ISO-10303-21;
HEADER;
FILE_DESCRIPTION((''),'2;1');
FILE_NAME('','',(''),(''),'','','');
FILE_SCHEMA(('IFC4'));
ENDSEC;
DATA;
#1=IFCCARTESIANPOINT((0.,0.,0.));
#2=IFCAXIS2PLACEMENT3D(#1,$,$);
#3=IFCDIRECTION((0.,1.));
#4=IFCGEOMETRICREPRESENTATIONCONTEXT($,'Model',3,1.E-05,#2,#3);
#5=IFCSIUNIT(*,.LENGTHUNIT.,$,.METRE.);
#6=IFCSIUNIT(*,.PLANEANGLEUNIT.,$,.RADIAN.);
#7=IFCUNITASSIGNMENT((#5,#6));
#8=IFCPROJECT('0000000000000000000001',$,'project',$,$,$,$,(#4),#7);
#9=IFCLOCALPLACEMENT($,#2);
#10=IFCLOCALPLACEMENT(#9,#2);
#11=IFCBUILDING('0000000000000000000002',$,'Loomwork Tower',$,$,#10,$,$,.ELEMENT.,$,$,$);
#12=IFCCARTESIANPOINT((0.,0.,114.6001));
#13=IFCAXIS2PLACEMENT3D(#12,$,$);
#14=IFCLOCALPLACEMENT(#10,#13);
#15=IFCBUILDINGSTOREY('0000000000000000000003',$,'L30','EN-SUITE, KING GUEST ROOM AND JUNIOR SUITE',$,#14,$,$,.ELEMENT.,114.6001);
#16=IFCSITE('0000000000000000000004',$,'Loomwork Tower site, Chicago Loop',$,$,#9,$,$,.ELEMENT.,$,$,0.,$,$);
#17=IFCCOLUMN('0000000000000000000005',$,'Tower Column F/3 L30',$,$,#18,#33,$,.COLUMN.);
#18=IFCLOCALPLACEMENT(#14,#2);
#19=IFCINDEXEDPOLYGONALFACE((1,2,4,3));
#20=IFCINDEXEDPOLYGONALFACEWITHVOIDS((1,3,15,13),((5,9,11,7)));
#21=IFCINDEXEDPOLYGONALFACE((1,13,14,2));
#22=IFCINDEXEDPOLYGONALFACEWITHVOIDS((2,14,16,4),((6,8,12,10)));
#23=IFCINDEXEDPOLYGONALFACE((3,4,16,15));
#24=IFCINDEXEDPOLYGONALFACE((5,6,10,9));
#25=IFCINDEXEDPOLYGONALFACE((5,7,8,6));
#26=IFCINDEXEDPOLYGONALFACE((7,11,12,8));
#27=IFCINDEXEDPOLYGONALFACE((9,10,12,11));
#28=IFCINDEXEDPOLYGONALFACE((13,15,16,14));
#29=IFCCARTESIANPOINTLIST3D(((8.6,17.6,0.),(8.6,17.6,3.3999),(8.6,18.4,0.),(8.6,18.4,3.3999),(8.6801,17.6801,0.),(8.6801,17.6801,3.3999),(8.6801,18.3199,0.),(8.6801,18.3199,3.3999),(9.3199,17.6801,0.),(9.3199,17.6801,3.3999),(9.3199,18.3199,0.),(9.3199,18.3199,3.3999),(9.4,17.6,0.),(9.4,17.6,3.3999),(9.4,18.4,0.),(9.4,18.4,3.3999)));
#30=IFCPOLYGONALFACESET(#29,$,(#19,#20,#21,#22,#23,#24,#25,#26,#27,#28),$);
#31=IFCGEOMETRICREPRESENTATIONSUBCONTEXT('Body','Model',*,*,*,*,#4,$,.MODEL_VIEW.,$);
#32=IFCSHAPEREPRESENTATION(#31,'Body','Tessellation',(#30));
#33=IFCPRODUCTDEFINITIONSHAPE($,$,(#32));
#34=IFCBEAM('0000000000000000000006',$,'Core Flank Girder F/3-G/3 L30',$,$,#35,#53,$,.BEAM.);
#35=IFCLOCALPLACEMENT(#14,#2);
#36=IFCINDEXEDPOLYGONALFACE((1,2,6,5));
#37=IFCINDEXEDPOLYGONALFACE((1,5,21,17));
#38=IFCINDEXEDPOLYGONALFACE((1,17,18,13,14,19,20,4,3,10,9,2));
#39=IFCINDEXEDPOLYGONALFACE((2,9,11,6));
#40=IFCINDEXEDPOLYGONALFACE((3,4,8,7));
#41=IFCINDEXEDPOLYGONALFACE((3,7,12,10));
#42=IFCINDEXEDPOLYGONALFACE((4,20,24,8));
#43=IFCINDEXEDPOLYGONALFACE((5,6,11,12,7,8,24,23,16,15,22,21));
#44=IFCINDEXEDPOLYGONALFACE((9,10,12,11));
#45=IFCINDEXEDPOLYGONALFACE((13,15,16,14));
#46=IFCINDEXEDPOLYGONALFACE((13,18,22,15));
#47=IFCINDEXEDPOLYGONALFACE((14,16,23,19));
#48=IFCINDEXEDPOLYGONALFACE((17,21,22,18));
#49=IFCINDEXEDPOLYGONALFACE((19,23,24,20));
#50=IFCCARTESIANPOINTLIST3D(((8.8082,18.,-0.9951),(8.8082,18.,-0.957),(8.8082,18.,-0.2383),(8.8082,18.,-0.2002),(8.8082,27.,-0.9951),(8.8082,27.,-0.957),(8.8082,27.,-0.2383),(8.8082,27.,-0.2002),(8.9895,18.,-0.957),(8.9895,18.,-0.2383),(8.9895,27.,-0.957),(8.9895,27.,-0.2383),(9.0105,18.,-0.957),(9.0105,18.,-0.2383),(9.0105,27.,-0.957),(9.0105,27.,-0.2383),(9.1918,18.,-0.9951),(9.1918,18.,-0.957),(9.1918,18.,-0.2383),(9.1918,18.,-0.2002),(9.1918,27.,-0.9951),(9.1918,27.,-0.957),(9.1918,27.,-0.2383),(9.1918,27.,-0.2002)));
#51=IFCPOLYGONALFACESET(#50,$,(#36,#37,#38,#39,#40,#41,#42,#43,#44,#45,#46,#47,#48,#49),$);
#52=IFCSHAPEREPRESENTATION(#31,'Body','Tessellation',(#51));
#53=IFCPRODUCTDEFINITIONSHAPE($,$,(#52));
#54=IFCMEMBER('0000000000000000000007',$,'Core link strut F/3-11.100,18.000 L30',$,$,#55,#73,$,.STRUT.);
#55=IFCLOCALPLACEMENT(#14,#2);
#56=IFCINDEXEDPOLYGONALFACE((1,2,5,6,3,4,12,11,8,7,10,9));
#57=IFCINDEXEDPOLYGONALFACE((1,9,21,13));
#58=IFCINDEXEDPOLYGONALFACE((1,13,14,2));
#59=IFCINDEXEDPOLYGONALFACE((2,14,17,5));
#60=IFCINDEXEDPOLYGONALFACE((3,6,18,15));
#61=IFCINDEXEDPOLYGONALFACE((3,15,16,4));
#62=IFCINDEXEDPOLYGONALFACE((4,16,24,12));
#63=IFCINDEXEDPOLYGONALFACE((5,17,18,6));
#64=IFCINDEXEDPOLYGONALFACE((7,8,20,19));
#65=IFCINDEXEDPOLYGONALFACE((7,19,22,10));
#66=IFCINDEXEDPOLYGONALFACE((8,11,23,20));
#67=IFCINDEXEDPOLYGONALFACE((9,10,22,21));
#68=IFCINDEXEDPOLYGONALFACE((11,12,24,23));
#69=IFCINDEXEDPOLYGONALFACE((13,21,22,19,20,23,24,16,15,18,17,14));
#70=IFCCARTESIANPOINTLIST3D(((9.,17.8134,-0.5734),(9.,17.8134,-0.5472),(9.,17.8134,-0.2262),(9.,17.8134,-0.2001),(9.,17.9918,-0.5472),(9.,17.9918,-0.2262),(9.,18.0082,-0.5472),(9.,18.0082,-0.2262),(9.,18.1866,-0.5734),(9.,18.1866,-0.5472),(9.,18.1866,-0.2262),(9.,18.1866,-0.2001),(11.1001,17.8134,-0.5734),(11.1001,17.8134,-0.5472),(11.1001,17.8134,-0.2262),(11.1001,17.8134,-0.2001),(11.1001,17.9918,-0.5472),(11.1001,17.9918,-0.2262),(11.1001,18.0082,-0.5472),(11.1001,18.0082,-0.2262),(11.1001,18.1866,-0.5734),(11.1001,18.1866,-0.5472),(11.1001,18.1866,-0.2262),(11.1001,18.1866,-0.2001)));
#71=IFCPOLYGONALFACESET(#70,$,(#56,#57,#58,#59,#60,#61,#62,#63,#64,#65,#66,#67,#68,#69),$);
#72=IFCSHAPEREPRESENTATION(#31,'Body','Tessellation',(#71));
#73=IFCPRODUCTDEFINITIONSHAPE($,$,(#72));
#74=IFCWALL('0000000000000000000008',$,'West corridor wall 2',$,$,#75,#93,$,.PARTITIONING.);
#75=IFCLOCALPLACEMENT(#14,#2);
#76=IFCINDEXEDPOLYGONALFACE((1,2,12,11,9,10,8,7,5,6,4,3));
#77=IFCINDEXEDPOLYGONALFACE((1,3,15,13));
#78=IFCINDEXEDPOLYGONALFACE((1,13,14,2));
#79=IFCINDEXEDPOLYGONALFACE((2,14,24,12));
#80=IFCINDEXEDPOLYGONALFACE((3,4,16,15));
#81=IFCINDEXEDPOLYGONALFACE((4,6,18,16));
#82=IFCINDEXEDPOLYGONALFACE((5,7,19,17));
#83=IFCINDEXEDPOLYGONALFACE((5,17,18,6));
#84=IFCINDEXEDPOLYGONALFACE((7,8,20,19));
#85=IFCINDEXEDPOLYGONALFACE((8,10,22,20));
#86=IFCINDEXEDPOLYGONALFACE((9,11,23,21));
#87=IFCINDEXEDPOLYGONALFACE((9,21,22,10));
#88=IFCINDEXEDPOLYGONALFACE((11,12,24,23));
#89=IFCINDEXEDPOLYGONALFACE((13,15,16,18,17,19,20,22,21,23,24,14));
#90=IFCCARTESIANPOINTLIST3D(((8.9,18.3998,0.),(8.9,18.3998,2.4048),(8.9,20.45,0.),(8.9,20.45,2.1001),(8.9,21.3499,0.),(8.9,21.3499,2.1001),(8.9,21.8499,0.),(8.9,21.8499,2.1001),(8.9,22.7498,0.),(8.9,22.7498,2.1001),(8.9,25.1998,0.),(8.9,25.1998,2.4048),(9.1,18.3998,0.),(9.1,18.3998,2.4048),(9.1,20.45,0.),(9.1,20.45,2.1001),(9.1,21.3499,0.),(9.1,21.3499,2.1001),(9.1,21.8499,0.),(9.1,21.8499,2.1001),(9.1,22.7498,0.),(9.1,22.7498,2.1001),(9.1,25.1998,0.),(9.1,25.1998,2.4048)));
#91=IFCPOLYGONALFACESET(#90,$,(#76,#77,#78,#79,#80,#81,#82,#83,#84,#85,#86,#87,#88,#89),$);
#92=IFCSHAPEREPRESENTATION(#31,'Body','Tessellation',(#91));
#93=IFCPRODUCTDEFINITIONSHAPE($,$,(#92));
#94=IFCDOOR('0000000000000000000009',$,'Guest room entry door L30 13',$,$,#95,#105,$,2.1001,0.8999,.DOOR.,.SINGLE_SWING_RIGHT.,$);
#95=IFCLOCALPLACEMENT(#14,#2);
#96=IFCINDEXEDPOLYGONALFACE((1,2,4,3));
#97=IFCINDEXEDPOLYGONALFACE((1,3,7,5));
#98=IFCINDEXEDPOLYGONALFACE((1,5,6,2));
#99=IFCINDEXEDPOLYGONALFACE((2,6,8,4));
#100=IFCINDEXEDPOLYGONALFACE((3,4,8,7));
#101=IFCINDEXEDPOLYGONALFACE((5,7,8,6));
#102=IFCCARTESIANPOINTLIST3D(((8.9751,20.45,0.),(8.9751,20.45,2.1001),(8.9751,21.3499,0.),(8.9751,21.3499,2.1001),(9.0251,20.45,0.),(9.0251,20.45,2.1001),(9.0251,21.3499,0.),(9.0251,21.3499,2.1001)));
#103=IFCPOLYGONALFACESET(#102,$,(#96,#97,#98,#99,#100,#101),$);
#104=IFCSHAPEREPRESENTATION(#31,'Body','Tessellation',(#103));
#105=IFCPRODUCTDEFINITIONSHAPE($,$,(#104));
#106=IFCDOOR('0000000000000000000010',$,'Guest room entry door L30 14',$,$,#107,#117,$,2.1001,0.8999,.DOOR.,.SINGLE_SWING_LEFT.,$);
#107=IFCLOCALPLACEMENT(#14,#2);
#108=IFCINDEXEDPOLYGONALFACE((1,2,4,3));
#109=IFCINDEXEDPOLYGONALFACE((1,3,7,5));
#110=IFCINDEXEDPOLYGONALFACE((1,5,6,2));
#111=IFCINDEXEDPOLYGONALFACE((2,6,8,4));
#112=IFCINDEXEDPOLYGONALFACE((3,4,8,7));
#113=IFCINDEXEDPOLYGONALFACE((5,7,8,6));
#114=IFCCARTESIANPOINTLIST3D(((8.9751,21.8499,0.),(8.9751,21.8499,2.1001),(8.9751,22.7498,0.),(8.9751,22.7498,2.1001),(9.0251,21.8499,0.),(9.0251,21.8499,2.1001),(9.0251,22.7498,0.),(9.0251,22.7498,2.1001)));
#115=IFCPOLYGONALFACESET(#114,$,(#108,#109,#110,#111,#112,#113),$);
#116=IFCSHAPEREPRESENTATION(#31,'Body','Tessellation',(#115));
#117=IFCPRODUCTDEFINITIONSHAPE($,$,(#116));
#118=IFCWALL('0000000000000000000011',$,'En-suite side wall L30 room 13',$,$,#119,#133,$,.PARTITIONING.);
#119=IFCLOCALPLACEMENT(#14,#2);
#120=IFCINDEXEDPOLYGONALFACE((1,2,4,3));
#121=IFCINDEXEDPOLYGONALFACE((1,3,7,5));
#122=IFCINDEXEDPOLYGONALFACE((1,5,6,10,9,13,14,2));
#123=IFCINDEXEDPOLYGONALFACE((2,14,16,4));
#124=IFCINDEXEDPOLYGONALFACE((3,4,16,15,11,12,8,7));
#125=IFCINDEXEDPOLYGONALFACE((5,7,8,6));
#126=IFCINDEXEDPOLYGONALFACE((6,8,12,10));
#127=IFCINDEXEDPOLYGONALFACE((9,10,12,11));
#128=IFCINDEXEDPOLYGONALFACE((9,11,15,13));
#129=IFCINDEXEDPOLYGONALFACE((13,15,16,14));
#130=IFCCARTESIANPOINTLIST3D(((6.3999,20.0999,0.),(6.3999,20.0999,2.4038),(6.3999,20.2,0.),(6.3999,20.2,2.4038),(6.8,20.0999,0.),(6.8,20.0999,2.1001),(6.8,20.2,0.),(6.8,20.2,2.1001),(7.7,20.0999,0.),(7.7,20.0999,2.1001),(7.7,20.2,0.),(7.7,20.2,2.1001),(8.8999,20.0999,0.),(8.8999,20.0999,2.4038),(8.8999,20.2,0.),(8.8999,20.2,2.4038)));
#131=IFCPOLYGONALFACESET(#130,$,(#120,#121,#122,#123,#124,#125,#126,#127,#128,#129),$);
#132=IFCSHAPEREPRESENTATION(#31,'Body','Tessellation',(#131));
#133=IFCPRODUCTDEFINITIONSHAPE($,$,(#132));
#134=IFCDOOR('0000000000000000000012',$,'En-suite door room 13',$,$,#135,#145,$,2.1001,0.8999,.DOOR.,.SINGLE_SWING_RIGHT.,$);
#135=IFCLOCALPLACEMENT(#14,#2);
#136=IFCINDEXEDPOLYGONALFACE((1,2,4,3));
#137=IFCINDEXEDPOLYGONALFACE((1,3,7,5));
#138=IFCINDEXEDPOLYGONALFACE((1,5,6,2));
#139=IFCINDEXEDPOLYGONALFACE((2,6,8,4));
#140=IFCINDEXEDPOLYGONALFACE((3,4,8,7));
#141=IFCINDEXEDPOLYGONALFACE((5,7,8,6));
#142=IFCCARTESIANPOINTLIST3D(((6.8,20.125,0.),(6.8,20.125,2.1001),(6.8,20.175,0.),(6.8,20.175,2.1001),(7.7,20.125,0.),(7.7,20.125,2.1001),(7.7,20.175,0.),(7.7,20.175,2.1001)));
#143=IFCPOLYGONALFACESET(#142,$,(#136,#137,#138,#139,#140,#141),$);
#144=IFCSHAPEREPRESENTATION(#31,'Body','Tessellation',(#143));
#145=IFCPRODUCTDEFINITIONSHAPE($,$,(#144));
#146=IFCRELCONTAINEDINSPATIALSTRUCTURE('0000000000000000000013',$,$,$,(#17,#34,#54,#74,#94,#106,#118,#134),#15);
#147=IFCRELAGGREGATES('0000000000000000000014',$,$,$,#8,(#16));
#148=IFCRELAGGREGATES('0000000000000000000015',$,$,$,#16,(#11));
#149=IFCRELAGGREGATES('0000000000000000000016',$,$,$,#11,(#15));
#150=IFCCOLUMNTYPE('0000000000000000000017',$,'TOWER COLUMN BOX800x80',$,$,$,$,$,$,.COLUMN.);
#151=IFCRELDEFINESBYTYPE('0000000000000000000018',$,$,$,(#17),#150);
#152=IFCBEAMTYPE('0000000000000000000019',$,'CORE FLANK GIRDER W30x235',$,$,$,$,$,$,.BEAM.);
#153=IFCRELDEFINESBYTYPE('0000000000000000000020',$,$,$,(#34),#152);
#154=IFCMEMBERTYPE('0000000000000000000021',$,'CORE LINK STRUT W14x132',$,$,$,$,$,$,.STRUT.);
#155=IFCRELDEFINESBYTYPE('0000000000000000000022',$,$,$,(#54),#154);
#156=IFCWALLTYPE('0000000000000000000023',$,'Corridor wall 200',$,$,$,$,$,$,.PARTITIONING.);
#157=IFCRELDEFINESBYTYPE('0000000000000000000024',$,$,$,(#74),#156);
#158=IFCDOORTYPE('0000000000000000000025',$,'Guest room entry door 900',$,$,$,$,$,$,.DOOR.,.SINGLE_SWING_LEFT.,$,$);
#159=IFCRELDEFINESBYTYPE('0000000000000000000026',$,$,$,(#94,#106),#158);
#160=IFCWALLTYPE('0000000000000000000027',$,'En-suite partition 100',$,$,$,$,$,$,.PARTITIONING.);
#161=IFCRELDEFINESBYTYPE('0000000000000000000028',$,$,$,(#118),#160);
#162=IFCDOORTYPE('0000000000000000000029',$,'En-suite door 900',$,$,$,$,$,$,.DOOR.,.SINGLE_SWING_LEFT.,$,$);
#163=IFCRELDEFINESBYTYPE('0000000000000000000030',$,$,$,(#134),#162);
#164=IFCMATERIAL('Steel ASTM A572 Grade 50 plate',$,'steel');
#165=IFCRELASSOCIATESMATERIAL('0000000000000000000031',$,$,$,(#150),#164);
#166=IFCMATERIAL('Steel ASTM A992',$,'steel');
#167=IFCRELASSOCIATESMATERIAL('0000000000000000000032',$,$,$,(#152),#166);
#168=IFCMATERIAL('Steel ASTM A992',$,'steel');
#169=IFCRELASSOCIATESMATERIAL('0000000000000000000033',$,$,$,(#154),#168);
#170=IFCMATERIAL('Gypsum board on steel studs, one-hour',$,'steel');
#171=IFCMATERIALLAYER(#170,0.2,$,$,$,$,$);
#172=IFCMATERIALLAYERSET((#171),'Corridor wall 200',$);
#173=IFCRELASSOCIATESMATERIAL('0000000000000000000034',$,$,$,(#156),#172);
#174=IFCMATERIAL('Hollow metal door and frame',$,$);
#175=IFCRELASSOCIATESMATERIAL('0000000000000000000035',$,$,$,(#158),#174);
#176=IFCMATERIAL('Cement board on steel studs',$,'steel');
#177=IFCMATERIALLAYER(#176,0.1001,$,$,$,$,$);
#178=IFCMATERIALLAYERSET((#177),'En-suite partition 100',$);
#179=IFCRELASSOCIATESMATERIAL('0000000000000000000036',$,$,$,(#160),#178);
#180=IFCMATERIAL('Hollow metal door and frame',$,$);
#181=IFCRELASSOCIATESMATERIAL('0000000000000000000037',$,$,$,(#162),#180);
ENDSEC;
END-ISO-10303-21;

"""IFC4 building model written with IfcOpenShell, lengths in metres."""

from ifc_helpers import new_model, si_unit, direction, frame, frame_2d, origin, origin_2d, place, context, subcontext, project, spatial, rectangle, hollow_rectangle, i_section, extrude, material, layer, layer_set, material_profile, profile_set, type_object, element, fill, save


model = new_model("IFC4")

# Units and contexts
model_context = context("Model", 3, precision=1e-05, world=origin(), true_north=direction((0.0, 1.0)))
body_context = subcontext(model_context, "Body", "Model", "MODEL_VIEW")
ifc_project = project(units=[si_unit("LENGTHUNIT", "METRE"), si_unit("PLANEANGLEUNIT", "RADIAN")], contexts=[model_context])

# Site, building, storey
site_placement = place(None, origin())
site = spatial("IfcSite", under=ifc_project, at=site_placement, Name="Loomwork Tower site, Chicago Loop", CompositionType="ELEMENT", RefElevation=0.0)
building_placement = place(site_placement, origin())
building = spatial("IfcBuilding", under=site, at=building_placement, Name="Loomwork Tower", CompositionType="ELEMENT")
storey_placement = place(building_placement, frame((0.0, 0.0, 114.6001)))
storey = spatial("IfcBuildingStorey", under=building, at=storey_placement, Name="L30", Description="EN-SUITE, KING GUEST ROOM AND JUNIOR SUITE", CompositionType="ELEMENT", Elevation=114.6001)

# Column
ifc_material_1 = material(Name="Steel ASTM A572 Grade 50 plate", Category="steel")
ifc_material_profile_1 = material_profile(ifc_material_1, hollow_rectangle(XDim=0.8, YDim=0.8, WallThickness=0.0801, at=origin_2d()), Name="BOX800x80")
ifc_profile_set_1 = profile_set([ifc_material_profile_1], Name="Steel ASTM A572 Grade 50 plate")
column_type = type_object("IfcColumnType", Name="TOWER COLUMN BOX800x80", PredefinedType="COLUMN", material=ifc_profile_set_1)
column_placement = place(storey_placement, frame((9.0, 18.0, 0.0), z_axis=(0.0, 0.0, 1.0), x_axis=(1.0, 0.0, 0.0)))
element("IfcColumn", 1, at=column_placement, inside=storey, type_object=column_type, Name="Tower Column F/3 L30", PredefinedType="COLUMN", context=body_context, shape_type="SweptSolid", body=[
    extrude(hollow_rectangle(XDim=0.8, YDim=0.8, WallThickness=0.0801, at=origin_2d()), origin(), (0.0, 0.0, 1.0), 3.3999),
])

# Beam
ifc_material_2 = material(Name="Steel ASTM A992", Category="steel")
ifc_material_profile_2 = material_profile(ifc_material_2, i_section(OverallWidth=0.3835, OverallDepth=0.7949, WebThickness=0.021, FlangeThickness=0.0381, at=origin_2d()), Name="W30x235")
ifc_profile_set_2 = profile_set([ifc_material_profile_2], Name="Steel ASTM A992")
beam_type = type_object("IfcBeamType", Name="CORE FLANK GIRDER W30x235", PredefinedType="BEAM", material=ifc_profile_set_2)
beam_placement = place(storey_placement, frame((9.0, 18.0, -0.5977), z_axis=(0.0, 1.0, 0.0), x_axis=(-1.0, 0.0, 0.0)))
element("IfcBeam", 2, at=beam_placement, inside=storey, type_object=beam_type, Name="Core Flank Girder F/3-G/3 L30", PredefinedType="BEAM", context=body_context, shape_type="SweptSolid", body=[
    extrude(i_section(OverallWidth=0.3835, OverallDepth=0.7949, WebThickness=0.021, FlangeThickness=0.0381, at=origin_2d()), origin(), (0.0, 0.0, 1.0), 9.0),
])

# Member
ifc_material_3 = material(Name="Steel ASTM A992", Category="steel")
ifc_material_profile_3 = material_profile(ifc_material_3, i_section(OverallWidth=0.3733, OverallDepth=0.3733, WebThickness=0.0164, FlangeThickness=0.0261, at=origin_2d()), Name="W14x132")
ifc_profile_set_3 = profile_set([ifc_material_profile_3], Name="Steel ASTM A992")
member_type = type_object("IfcMemberType", Name="CORE LINK STRUT W14x132", PredefinedType="STRUT", material=ifc_profile_set_3)
member_placement = place(storey_placement, frame((9.0, 18.0, -0.3867), z_axis=(1.0, 0.0, 0.0), x_axis=(0.0, 1.0, 0.0)))
element("IfcMember", 3, at=member_placement, inside=storey, type_object=member_type, Name="Core link strut F/3-11.100,18.000 L30", PredefinedType="STRUT", context=body_context, shape_type="SweptSolid", body=[
    extrude(i_section(OverallWidth=0.3733, OverallDepth=0.3733, WebThickness=0.0164, FlangeThickness=0.0261, at=origin_2d()), origin(), (0.0, 0.0, 1.0), 2.1001),
])

# Wall, openings, doors
ifc_material_4 = material(Name="Gypsum board on steel studs, one-hour", Category="steel")
ifc_layer_1 = layer(ifc_material_4, 0.2)
ifc_layer_set_1 = layer_set([ifc_layer_1], Name="Corridor wall 200")
wall_type_1 = type_object("IfcWallType", Name="Corridor wall 200", PredefinedType="PARTITIONING", material=ifc_layer_set_1)
wall_1_placement = place(storey_placement, frame((9.0, 18.3999, 0.0), z_axis=(0.0, 0.0, 1.0), x_axis=(0.0, 1.0, 0.0)))
wall_1 = element("IfcWall", 4, at=wall_1_placement, inside=storey, type_object=wall_type_1, Name="West corridor wall 2", PredefinedType="PARTITIONING", context=body_context, shape_type="SweptSolid", body=[
    extrude(rectangle(XDim=6.8, YDim=0.2, at=frame_2d((3.3999, 0.0))), origin(), (0.0, 0.0, 1.0), 2.4048),
])
opening_1_placement = place(wall_1_placement, frame((2.05, 0.0, 0.0)))
opening_1 = element("IfcOpeningElement", 5, at=opening_1_placement, cuts=wall_1, PredefinedType="OPENING", context=body_context, shape_type="SweptSolid", body=[
    extrude(rectangle(XDim=0.8999, YDim=2.1001, at=frame_2d((0.45, 1.05))), frame((0.0, 0.1099, 0.0), z_axis=(0.0, -1.0, 0.0), x_axis=(1.0, 0.0, 0.0)), (0.0, 0.0, 1.0), 0.22),
])
opening_2_placement = place(wall_1_placement, frame((3.45, 0.0, 0.0)))
opening_2 = element("IfcOpeningElement", 6, at=opening_2_placement, cuts=wall_1, PredefinedType="OPENING", context=body_context, shape_type="SweptSolid", body=[
    extrude(rectangle(XDim=0.8999, YDim=2.1001, at=frame_2d((0.45, 1.05))), frame((0.0, 0.1099, 0.0), z_axis=(0.0, -1.0, 0.0), x_axis=(1.0, 0.0, 0.0)), (0.0, 0.0, 1.0), 0.22),
])
ifc_material_5 = material(Name="Hollow metal door and frame")
door_type_1 = type_object("IfcDoorType", Name="Guest room entry door 900", OperationType="SINGLE_SWING_LEFT", PredefinedType="DOOR", material=ifc_material_5)
door_1_placement = place(opening_1_placement, origin())
door_1 = element("IfcDoor", 7, at=door_1_placement, inside=storey, type_object=door_type_1, Name="Guest room entry door L30 13", OperationType="SINGLE_SWING_RIGHT", OverallHeight=2.1001, OverallWidth=0.8999, PredefinedType="DOOR", context=body_context, shape_type="SweptSolid", body=[
    extrude(rectangle(XDim=0.8999, YDim=2.1001, at=frame_2d((0.45, 1.05))), frame((0.0, 0.0249, 0.0), z_axis=(0.0, -1.0, 0.0), x_axis=(1.0, 0.0, 0.0)), (0.0, 0.0, 1.0), 0.05),
])
fill(opening_1, door_1)
door_2_placement = place(opening_2_placement, origin())
door_2 = element("IfcDoor", 8, at=door_2_placement, inside=storey, type_object=door_type_1, Name="Guest room entry door L30 14", OperationType="SINGLE_SWING_LEFT", OverallHeight=2.1001, OverallWidth=0.8999, PredefinedType="DOOR", context=body_context, shape_type="SweptSolid", body=[
    extrude(rectangle(XDim=0.8999, YDim=2.1001, at=frame_2d((0.45, 1.05))), frame((0.0, 0.0249, 0.0), z_axis=(0.0, -1.0, 0.0), x_axis=(1.0, 0.0, 0.0)), (0.0, 0.0, 1.0), 0.05),
])
fill(opening_2, door_2)

# Wall, opening, door
ifc_material_6 = material(Name="Cement board on steel studs", Category="steel")
ifc_layer_2 = layer(ifc_material_6, 0.1001)
ifc_layer_set_2 = layer_set([ifc_layer_2], Name="En-suite partition 100")
wall_type_2 = type_object("IfcWallType", Name="En-suite partition 100", PredefinedType="PARTITIONING", material=ifc_layer_set_2)
wall_2_placement = place(storey_placement, frame((8.8999, 20.1499, 0.0), z_axis=(0.0, 0.0, 1.0), x_axis=(-1.0, 0.0, 0.0)))
wall_2 = element("IfcWall", 9, at=wall_2_placement, inside=storey, type_object=wall_type_2, Name="En-suite side wall L30 room 13", PredefinedType="PARTITIONING", context=body_context, shape_type="SweptSolid", body=[
    extrude(rectangle(XDim=2.5, YDim=0.1001, at=frame_2d((1.25, 0.0))), origin(), (0.0, 0.0, 1.0), 2.4038),
])
opening_3_placement = place(wall_2_placement, frame((1.2, 0.0, 0.0)))
opening_3 = element("IfcOpeningElement", 10, at=opening_3_placement, cuts=wall_2, PredefinedType="OPENING", context=body_context, shape_type="SweptSolid", body=[
    extrude(rectangle(XDim=0.8999, YDim=2.1001, at=frame_2d((0.45, 1.05))), frame((0.0, 0.0601, 0.0), z_axis=(0.0, -1.0, 0.0), x_axis=(1.0, 0.0, 0.0)), (0.0, 0.0, 1.0), 0.1201),
])
ifc_material_7 = material(Name="Hollow metal door and frame")
door_type_2 = type_object("IfcDoorType", Name="En-suite door 900", OperationType="SINGLE_SWING_LEFT", PredefinedType="DOOR", material=ifc_material_7)
door_3_placement = place(opening_3_placement, origin())
door_3 = element("IfcDoor", 11, at=door_3_placement, inside=storey, type_object=door_type_2, Name="En-suite door room 13", OperationType="SINGLE_SWING_RIGHT", OverallHeight=2.1001, OverallWidth=0.8999, PredefinedType="DOOR", context=body_context, shape_type="SweptSolid", body=[
    extrude(rectangle(XDim=0.8999, YDim=2.1001, at=frame_2d((0.45, 1.05))), frame((0.0, 0.0249, 0.0), z_axis=(0.0, -1.0, 0.0), x_axis=(1.0, 0.0, 0.0)), (0.0, 0.0, 1.0), 0.05),
])
fill(opening_3, door_3)

save(model, "model.ifc")
